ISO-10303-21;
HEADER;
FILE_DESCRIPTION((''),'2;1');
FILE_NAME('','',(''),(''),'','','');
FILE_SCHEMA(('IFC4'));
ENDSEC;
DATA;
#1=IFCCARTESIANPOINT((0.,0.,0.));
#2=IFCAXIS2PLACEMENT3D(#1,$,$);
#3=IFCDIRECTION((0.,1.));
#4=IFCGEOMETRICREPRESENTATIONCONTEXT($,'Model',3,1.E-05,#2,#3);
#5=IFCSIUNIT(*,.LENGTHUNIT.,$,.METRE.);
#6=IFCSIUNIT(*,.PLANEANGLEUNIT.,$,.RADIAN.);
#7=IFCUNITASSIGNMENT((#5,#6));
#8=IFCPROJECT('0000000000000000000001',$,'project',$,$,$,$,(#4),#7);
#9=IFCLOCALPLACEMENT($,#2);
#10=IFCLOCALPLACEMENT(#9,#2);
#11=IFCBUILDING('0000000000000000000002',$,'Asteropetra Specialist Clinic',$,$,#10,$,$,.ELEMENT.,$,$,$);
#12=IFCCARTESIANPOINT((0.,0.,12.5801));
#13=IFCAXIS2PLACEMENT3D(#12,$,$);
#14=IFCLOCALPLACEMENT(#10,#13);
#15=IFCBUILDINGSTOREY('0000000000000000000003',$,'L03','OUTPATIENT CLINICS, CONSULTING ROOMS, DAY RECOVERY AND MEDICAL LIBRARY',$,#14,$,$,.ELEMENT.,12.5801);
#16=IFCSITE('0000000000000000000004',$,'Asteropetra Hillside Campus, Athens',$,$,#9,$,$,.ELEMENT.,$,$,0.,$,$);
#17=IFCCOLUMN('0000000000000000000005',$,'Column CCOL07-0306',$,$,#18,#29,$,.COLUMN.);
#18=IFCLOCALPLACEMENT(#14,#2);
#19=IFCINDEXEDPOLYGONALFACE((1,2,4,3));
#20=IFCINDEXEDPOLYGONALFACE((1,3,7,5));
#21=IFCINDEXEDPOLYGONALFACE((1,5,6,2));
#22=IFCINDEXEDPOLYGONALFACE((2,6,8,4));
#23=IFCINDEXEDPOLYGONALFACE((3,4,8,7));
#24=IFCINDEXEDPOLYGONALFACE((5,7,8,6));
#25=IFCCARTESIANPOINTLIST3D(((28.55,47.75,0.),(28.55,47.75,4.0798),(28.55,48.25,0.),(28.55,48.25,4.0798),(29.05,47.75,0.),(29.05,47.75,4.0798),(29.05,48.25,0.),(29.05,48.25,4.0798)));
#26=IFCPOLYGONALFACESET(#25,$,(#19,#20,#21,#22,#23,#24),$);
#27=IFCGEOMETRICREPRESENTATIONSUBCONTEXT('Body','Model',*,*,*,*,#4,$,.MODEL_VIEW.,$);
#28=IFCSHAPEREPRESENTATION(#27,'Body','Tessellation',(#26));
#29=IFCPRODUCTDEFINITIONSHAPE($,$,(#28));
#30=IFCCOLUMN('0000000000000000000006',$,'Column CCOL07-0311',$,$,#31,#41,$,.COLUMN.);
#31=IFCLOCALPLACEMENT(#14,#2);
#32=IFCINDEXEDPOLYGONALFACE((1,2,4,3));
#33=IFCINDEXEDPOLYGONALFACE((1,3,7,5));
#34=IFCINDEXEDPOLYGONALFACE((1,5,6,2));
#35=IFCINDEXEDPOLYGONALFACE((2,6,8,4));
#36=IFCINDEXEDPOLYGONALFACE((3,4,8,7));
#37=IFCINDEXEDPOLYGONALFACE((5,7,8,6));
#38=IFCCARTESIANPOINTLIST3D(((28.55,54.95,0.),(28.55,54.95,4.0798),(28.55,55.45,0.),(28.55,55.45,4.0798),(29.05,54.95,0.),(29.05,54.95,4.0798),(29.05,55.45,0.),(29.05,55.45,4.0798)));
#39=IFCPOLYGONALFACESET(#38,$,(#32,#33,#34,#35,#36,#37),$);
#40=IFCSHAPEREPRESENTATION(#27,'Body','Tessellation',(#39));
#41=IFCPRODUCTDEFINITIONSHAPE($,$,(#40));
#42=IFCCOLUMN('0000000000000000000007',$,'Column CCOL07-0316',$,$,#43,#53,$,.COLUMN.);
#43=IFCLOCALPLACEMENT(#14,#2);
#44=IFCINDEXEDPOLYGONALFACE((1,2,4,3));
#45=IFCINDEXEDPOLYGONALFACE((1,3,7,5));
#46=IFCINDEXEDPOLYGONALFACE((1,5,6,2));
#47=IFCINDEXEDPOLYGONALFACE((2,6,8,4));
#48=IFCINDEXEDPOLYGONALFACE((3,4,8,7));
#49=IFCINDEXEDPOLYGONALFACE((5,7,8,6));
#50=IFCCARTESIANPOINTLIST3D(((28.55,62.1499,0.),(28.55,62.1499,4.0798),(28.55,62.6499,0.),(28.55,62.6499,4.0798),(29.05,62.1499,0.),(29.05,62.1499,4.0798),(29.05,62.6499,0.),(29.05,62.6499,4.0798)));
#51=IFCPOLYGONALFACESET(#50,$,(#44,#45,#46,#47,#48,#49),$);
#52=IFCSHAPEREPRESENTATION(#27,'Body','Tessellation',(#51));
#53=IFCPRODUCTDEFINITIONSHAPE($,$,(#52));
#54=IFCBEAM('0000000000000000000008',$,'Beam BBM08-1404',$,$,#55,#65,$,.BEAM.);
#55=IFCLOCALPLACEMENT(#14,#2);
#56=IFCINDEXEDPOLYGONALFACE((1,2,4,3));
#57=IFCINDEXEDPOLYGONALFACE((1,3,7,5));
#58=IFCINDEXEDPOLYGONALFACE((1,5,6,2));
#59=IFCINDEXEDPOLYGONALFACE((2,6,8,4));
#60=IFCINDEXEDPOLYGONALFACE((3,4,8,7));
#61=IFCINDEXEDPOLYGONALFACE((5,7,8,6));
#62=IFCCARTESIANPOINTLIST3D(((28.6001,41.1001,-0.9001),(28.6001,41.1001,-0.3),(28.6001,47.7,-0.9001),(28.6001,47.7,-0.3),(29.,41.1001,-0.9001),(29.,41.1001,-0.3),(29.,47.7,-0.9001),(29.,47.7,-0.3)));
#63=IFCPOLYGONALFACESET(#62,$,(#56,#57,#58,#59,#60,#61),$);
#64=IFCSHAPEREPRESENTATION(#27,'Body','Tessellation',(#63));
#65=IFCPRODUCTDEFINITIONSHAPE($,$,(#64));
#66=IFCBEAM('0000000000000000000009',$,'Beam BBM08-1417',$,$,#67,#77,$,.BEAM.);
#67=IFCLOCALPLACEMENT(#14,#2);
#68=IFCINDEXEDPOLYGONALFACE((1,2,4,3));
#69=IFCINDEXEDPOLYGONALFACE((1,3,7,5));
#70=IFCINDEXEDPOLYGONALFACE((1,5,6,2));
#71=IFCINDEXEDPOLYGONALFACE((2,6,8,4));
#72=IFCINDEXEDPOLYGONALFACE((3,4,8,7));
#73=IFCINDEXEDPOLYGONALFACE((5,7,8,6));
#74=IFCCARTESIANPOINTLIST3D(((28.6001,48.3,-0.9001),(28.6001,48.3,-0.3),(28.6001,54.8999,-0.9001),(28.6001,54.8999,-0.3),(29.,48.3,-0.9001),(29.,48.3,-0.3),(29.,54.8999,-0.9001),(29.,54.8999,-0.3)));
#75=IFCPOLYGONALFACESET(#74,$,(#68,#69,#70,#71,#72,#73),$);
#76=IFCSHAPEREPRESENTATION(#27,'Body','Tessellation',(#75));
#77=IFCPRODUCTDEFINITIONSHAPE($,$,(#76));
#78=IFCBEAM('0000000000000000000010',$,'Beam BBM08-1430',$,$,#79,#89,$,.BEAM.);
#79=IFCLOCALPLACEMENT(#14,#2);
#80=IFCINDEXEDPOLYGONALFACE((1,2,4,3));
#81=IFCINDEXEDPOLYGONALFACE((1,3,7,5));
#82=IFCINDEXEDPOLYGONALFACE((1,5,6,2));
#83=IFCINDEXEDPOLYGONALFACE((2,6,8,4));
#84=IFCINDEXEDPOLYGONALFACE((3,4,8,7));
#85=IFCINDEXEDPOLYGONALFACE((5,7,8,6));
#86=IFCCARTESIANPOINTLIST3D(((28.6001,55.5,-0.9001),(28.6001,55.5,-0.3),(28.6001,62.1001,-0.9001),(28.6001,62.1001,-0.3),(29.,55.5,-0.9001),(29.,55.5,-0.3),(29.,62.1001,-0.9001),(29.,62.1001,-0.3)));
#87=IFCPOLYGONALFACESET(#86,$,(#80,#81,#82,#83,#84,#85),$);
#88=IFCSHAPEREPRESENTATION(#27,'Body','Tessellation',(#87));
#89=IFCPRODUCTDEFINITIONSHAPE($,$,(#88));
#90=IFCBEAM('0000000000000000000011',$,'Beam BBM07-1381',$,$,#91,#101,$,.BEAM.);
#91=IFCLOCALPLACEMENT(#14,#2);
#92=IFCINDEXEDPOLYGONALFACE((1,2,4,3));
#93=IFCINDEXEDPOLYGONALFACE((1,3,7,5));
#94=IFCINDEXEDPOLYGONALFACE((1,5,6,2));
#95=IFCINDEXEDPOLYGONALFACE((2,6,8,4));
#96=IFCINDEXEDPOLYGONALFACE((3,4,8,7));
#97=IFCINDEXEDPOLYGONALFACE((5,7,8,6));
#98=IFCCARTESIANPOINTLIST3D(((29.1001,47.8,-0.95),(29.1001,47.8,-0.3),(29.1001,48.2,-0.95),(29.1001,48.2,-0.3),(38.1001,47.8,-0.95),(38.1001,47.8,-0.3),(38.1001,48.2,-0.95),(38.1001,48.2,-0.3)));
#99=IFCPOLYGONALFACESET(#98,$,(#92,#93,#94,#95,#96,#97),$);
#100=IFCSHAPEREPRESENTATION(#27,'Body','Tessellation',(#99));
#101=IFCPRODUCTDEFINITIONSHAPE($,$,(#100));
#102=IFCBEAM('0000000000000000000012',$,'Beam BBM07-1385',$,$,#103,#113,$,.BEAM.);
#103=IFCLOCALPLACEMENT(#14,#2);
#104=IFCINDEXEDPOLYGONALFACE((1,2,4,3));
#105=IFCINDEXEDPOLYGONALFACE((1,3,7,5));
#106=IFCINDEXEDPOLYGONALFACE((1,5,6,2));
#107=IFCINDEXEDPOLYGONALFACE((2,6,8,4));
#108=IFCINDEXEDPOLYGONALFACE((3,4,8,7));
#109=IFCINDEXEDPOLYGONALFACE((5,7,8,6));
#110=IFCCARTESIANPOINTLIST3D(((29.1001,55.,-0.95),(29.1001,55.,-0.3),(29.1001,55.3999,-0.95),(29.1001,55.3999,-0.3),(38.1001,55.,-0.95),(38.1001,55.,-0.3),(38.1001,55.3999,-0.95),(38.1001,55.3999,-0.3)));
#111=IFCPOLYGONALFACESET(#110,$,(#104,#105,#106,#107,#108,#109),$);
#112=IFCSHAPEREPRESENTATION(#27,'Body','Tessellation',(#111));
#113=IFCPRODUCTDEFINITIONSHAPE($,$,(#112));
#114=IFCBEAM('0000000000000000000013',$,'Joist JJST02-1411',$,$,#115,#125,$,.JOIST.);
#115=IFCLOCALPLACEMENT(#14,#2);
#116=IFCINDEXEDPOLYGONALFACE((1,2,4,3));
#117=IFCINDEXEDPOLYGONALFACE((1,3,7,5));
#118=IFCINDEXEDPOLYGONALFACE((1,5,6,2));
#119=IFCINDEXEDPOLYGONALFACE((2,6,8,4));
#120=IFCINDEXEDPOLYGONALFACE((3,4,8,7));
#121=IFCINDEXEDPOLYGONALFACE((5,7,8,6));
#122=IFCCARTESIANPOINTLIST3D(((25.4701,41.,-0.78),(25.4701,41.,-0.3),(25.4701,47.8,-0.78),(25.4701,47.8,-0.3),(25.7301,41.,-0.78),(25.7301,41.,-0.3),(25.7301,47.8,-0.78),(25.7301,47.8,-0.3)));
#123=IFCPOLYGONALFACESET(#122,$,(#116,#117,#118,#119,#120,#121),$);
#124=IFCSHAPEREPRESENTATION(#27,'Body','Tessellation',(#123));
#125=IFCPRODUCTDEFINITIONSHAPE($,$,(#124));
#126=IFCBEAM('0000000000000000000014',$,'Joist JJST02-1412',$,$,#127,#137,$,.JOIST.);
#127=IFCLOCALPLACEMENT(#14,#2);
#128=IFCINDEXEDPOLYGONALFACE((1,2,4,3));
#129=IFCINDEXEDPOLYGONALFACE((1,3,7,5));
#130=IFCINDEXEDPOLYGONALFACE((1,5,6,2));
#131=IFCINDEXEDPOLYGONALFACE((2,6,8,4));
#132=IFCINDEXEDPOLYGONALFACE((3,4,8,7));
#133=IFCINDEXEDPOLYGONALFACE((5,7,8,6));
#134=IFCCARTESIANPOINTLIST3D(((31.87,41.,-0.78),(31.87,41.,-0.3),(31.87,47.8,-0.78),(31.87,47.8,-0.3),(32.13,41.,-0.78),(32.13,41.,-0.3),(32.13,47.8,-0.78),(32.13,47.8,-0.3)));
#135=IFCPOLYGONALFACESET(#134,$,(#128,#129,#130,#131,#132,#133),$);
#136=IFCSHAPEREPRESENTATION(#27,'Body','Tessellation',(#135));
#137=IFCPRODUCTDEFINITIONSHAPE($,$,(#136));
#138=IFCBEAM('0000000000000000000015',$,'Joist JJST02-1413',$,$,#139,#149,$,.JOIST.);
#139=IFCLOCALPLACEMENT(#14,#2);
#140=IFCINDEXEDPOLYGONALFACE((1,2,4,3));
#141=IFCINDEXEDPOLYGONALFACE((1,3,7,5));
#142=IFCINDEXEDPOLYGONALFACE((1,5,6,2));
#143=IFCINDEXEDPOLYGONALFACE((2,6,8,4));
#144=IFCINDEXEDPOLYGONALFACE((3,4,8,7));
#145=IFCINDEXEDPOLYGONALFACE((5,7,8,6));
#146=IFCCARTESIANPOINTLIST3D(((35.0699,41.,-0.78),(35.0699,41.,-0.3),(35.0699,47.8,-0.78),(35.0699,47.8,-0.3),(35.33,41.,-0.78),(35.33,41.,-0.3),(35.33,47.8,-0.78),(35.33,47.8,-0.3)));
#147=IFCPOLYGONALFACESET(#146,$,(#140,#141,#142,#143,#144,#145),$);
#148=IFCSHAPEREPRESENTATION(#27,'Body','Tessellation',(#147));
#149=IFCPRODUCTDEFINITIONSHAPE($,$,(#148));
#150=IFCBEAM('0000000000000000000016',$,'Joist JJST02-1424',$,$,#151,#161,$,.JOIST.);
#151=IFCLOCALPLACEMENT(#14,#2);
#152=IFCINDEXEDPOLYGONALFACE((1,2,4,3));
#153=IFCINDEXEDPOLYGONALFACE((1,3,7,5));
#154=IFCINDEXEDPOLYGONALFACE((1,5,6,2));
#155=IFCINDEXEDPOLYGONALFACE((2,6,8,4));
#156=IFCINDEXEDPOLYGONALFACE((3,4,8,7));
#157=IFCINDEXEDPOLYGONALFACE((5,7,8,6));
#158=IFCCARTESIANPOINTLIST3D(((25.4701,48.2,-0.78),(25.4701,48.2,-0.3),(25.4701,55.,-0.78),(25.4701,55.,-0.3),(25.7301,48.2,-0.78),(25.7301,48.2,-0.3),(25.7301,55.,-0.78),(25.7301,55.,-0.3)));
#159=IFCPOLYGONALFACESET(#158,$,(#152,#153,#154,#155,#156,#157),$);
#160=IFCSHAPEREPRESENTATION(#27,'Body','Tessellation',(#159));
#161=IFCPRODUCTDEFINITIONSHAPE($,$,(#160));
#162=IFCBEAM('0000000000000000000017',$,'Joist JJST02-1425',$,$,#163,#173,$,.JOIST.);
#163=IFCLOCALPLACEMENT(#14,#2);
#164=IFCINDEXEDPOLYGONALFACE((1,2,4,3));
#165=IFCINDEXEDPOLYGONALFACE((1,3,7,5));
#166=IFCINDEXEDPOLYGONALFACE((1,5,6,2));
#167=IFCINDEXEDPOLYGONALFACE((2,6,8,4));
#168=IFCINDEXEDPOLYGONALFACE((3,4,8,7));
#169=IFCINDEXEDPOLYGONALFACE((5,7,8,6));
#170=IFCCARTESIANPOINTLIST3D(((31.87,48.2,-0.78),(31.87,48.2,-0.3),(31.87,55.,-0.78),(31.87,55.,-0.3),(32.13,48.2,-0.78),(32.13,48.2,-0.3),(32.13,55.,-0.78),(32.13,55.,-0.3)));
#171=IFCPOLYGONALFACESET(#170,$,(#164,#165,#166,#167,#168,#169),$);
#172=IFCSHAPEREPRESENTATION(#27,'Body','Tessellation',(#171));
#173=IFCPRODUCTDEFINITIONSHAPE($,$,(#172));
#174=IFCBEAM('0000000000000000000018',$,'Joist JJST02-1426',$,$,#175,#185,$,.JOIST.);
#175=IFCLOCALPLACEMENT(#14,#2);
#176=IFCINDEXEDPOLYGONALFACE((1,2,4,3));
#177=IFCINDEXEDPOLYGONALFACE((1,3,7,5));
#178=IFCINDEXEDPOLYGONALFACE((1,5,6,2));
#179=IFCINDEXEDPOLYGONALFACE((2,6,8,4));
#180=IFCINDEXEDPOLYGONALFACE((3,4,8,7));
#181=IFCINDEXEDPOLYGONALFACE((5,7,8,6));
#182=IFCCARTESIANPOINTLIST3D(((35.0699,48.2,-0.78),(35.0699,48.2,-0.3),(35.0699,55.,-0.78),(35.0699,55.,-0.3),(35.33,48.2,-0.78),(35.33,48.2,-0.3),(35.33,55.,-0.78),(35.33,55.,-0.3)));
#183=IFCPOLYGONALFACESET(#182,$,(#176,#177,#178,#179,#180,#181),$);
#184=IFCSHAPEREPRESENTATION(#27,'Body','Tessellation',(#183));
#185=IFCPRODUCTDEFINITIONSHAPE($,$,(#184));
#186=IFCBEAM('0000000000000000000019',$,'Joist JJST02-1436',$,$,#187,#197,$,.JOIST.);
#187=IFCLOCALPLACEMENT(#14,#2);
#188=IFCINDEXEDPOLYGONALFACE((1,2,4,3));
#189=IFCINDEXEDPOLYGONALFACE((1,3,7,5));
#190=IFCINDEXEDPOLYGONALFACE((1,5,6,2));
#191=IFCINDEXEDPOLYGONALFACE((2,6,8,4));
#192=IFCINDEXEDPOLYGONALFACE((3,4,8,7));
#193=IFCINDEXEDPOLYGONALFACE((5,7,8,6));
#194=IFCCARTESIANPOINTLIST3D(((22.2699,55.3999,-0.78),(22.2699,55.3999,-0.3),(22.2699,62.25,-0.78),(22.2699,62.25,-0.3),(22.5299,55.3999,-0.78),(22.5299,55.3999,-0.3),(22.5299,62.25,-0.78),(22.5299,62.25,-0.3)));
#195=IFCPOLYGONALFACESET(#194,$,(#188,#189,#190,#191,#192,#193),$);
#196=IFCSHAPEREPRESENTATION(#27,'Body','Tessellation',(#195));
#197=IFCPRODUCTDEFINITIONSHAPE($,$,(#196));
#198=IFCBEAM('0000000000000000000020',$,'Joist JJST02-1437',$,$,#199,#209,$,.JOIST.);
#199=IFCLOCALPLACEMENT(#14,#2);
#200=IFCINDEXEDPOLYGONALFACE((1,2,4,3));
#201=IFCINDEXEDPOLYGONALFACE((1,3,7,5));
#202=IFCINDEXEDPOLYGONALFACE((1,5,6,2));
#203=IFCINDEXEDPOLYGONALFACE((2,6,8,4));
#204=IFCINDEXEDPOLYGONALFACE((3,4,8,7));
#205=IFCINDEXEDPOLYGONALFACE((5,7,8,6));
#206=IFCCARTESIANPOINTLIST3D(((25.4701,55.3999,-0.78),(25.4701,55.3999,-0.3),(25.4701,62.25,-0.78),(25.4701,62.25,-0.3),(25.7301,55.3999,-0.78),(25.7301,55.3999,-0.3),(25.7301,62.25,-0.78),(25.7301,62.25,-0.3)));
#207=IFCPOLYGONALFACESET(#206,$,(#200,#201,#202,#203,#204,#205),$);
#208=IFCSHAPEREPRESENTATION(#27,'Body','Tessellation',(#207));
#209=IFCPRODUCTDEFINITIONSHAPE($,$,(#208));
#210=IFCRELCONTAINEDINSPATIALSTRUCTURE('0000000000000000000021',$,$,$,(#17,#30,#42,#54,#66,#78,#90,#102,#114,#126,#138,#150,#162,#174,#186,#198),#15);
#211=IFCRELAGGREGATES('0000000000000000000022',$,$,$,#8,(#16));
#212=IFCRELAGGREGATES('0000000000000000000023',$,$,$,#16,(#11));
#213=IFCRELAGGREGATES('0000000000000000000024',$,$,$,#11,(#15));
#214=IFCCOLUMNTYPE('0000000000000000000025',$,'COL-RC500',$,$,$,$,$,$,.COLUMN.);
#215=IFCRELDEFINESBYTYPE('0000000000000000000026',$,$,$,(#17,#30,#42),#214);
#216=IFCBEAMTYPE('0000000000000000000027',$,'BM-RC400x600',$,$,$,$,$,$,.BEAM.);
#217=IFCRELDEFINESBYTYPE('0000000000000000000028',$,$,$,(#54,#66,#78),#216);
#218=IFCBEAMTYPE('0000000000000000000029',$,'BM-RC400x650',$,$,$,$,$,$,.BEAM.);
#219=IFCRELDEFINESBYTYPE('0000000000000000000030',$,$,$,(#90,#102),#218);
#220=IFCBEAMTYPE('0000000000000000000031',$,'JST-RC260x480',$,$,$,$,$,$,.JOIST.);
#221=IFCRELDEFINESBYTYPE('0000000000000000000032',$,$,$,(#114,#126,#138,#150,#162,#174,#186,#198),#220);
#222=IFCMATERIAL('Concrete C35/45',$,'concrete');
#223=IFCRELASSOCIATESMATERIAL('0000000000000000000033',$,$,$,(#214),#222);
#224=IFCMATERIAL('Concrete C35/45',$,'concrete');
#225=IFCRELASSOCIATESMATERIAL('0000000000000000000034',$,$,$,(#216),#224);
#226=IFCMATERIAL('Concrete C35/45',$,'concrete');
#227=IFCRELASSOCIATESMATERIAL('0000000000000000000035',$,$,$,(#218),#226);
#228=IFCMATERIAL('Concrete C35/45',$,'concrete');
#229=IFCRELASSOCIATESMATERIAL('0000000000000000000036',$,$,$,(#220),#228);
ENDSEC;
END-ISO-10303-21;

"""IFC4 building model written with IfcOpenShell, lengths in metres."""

from ifc_helpers import new_model, si_unit, direction, frame, origin, origin_2d, place, context, subcontext, project, spatial, rectangle, extrude, material, material_profile, profile_set, type_object, element, save


model = new_model("IFC4")

# Units and contexts
model_context = context("Model", 3, precision=1e-05, world=origin(), true_north=direction((0.0, 1.0)))
body_context = subcontext(model_context, "Body", "Model", "MODEL_VIEW")
ifc_project = project(units=[si_unit("LENGTHUNIT", "METRE"), si_unit("PLANEANGLEUNIT", "RADIAN")], contexts=[model_context])

# Site, building, storey
site_placement = place(None, origin())
site = spatial("IfcSite", under=ifc_project, at=site_placement, Name="Asteropetra Hillside Campus, Athens", CompositionType="ELEMENT", RefElevation=0.0)
building_placement = place(site_placement, origin())
building = spatial("IfcBuilding", under=site, at=building_placement, Name="Asteropetra Specialist Clinic", CompositionType="ELEMENT")
storey_placement = place(building_placement, frame((0.0, 0.0, 12.5801)))
storey = spatial("IfcBuildingStorey", under=building, at=storey_placement, Name="L03", Description="OUTPATIENT CLINICS, CONSULTING ROOMS, DAY RECOVERY AND MEDICAL LIBRARY", CompositionType="ELEMENT", Elevation=12.5801)

# Columns
ifc_material_1 = material(Name="Concrete C35/45", Category="concrete")
ifc_material_profile_1 = material_profile(ifc_material_1, rectangle(XDim=0.5, YDim=0.5, at=origin_2d()), Name="RC 500x500")
ifc_profile_set_1 = profile_set([ifc_material_profile_1], Name="Concrete C35/45")
column_type = type_object("IfcColumnType", Name="COL-RC500", PredefinedType="COLUMN", material=ifc_profile_set_1)
for number, where, z_axis, x_axis, name in (
    (1, (28.8, 48.0, 0.0), (0.0, 0.0, 1.0), (1.0, 0.0, 0.0), "Column CCOL07-0306"),
    (2, (28.8, 55.2, 0.0), (0.0, 0.0, 1.0), (1.0, 0.0, 0.0), "Column CCOL07-0311"),
    (3, (28.8, 62.3999, 0.0), (0.0, 0.0, 1.0), (1.0, 0.0, 0.0), "Column CCOL07-0316"),
):
    element("IfcColumn", number, at=place(storey_placement, frame(where, z_axis=z_axis, x_axis=x_axis)), inside=storey, type_object=column_type, Name=name, PredefinedType="COLUMN", context=body_context, shape_type="SweptSolid", body=[
        extrude(rectangle(XDim=0.5, YDim=0.5, at=origin_2d()), origin(), (0.0, 0.0, 1.0), 4.0798),
    ])

# Beams
ifc_material_2 = material(Name="Concrete C35/45", Category="concrete")
ifc_material_profile_2 = material_profile(ifc_material_2, rectangle(XDim=0.3999, YDim=0.6001, at=origin_2d()), Name="RCB 400x600")
ifc_profile_set_2 = profile_set([ifc_material_profile_2], Name="Concrete C35/45")
beam_type_1 = type_object("IfcBeamType", Name="BM-RC400x600", PredefinedType="BEAM", material=ifc_profile_set_2)
for number, where, z_axis, x_axis, name in (
    (4, (28.8, 41.1001, -0.6001), (0.0, 1.0, 0.0), (-1.0, 0.0, 0.0), "Beam BBM08-1404"),
    (5, (28.8, 48.3, -0.6001), (0.0, 1.0, 0.0), (-1.0, 0.0, 0.0), "Beam BBM08-1417"),
):
    element("IfcBeam", number, at=place(storey_placement, frame(where, z_axis=z_axis, x_axis=x_axis)), inside=storey, type_object=beam_type_1, Name=name, PredefinedType="BEAM", context=body_context, shape_type="SweptSolid", body=[
        extrude(rectangle(XDim=0.3999, YDim=0.6001, at=origin_2d()), origin(), (0.0, 0.0, 1.0), 6.5999),
    ])
beam_1_placement = place(storey_placement, frame((28.8, 55.5, -0.6001), z_axis=(0.0, 1.0, 0.0), x_axis=(-1.0, 0.0, 0.0)))
element("IfcBeam", 6, at=beam_1_placement, inside=storey, type_object=beam_type_1, Name="Beam BBM08-1430", PredefinedType="BEAM", context=body_context, shape_type="SweptSolid", body=[
    extrude(rectangle(XDim=0.3999, YDim=0.6001, at=origin_2d()), origin(), (0.0, 0.0, 1.0), 6.6001),
])
ifc_material_3 = material(Name="Concrete C35/45", Category="concrete")
ifc_material_profile_3 = material_profile(ifc_material_3, rectangle(XDim=0.3999, YDim=0.6499, at=origin_2d()), Name="RCB 400x650")
ifc_profile_set_3 = profile_set([ifc_material_profile_3], Name="Concrete C35/45")
beam_type_2 = type_object("IfcBeamType", Name="BM-RC400x650", PredefinedType="BEAM", material=ifc_profile_set_3)
for number, where, z_axis, x_axis, name in (
    (7, (29.1001, 48.0, -0.625), (1.0, 0.0, 0.0), (0.0, 1.0, 0.0), "Beam BBM07-1381"),
    (8, (29.1001, 55.2, -0.625), (1.0, 0.0, 0.0), (0.0, 1.0, 0.0), "Beam BBM07-1385"),
):
    element("IfcBeam", number, at=place(storey_placement, frame(where, z_axis=z_axis, x_axis=x_axis)), inside=storey, type_object=beam_type_2, Name=name, PredefinedType="BEAM", context=body_context, shape_type="SweptSolid", body=[
        extrude(rectangle(XDim=0.3999, YDim=0.6499, at=origin_2d()), origin(), (0.0, 0.0, 1.0), 9.0),
    ])
ifc_material_4 = material(Name="Concrete C35/45", Category="concrete")
ifc_material_profile_4 = material_profile(ifc_material_4, rectangle(XDim=0.26, YDim=0.48, at=origin_2d()), Name="RCJ 260x480")
ifc_profile_set_4 = profile_set([ifc_material_profile_4], Name="Concrete C35/45")
beam_type_3 = type_object("IfcBeamType", Name="JST-RC260x480", PredefinedType="JOIST", material=ifc_profile_set_4)
for number, where, z_axis, x_axis, name in (
    (9, (25.6001, 41.0, -0.54), (0.0, 1.0, 0.0), (-1.0, 0.0, 0.0), "Joist JJST02-1411"),
    (10, (32.0, 41.0, -0.54), (0.0, 1.0, 0.0), (-1.0, 0.0, 0.0), "Joist JJST02-1412"),
    (11, (35.2, 41.0, -0.54), (0.0, 1.0, 0.0), (-1.0, 0.0, 0.0), "Joist JJST02-1413"),
    (12, (25.6001, 48.2, -0.54), (0.0, 1.0, 0.0), (-1.0, 0.0, 0.0), "Joist JJST02-1424"),
    (13, (32.0, 48.2, -0.54), (0.0, 1.0, 0.0), (-1.0, 0.0, 0.0), "Joist JJST02-1425"),
    (14, (35.2, 48.2, -0.54), (0.0, 1.0, 0.0), (-1.0, 0.0, 0.0), "Joist JJST02-1426"),
):
    element("IfcBeam", number, at=place(storey_placement, frame(where, z_axis=z_axis, x_axis=x_axis)), inside=storey, type_object=beam_type_3, Name=name, PredefinedType="JOIST", context=body_context, shape_type="SweptSolid", body=[
        extrude(rectangle(XDim=0.26, YDim=0.48, at=origin_2d()), origin(), (0.0, 0.0, 1.0), 6.8),
    ])
for number, where, z_axis, x_axis, name in (
    (15, (22.3999, 55.3999, -0.54), (0.0, 1.0, 0.0), (-1.0, 0.0, 0.0), "Joist JJST02-1436"),
    (16, (25.6001, 55.3999, -0.54), (0.0, 1.0, 0.0), (-1.0, 0.0, 0.0), "Joist JJST02-1437"),
):
    element("IfcBeam", number, at=place(storey_placement, frame(where, z_axis=z_axis, x_axis=x_axis)), inside=storey, type_object=beam_type_3, Name=name, PredefinedType="JOIST", context=body_context, shape_type="SweptSolid", body=[
        extrude(rectangle(XDim=0.26, YDim=0.48, at=origin_2d()), origin(), (0.0, 0.0, 1.0), 6.8501),
    ])

save(model, "model.ifc")
